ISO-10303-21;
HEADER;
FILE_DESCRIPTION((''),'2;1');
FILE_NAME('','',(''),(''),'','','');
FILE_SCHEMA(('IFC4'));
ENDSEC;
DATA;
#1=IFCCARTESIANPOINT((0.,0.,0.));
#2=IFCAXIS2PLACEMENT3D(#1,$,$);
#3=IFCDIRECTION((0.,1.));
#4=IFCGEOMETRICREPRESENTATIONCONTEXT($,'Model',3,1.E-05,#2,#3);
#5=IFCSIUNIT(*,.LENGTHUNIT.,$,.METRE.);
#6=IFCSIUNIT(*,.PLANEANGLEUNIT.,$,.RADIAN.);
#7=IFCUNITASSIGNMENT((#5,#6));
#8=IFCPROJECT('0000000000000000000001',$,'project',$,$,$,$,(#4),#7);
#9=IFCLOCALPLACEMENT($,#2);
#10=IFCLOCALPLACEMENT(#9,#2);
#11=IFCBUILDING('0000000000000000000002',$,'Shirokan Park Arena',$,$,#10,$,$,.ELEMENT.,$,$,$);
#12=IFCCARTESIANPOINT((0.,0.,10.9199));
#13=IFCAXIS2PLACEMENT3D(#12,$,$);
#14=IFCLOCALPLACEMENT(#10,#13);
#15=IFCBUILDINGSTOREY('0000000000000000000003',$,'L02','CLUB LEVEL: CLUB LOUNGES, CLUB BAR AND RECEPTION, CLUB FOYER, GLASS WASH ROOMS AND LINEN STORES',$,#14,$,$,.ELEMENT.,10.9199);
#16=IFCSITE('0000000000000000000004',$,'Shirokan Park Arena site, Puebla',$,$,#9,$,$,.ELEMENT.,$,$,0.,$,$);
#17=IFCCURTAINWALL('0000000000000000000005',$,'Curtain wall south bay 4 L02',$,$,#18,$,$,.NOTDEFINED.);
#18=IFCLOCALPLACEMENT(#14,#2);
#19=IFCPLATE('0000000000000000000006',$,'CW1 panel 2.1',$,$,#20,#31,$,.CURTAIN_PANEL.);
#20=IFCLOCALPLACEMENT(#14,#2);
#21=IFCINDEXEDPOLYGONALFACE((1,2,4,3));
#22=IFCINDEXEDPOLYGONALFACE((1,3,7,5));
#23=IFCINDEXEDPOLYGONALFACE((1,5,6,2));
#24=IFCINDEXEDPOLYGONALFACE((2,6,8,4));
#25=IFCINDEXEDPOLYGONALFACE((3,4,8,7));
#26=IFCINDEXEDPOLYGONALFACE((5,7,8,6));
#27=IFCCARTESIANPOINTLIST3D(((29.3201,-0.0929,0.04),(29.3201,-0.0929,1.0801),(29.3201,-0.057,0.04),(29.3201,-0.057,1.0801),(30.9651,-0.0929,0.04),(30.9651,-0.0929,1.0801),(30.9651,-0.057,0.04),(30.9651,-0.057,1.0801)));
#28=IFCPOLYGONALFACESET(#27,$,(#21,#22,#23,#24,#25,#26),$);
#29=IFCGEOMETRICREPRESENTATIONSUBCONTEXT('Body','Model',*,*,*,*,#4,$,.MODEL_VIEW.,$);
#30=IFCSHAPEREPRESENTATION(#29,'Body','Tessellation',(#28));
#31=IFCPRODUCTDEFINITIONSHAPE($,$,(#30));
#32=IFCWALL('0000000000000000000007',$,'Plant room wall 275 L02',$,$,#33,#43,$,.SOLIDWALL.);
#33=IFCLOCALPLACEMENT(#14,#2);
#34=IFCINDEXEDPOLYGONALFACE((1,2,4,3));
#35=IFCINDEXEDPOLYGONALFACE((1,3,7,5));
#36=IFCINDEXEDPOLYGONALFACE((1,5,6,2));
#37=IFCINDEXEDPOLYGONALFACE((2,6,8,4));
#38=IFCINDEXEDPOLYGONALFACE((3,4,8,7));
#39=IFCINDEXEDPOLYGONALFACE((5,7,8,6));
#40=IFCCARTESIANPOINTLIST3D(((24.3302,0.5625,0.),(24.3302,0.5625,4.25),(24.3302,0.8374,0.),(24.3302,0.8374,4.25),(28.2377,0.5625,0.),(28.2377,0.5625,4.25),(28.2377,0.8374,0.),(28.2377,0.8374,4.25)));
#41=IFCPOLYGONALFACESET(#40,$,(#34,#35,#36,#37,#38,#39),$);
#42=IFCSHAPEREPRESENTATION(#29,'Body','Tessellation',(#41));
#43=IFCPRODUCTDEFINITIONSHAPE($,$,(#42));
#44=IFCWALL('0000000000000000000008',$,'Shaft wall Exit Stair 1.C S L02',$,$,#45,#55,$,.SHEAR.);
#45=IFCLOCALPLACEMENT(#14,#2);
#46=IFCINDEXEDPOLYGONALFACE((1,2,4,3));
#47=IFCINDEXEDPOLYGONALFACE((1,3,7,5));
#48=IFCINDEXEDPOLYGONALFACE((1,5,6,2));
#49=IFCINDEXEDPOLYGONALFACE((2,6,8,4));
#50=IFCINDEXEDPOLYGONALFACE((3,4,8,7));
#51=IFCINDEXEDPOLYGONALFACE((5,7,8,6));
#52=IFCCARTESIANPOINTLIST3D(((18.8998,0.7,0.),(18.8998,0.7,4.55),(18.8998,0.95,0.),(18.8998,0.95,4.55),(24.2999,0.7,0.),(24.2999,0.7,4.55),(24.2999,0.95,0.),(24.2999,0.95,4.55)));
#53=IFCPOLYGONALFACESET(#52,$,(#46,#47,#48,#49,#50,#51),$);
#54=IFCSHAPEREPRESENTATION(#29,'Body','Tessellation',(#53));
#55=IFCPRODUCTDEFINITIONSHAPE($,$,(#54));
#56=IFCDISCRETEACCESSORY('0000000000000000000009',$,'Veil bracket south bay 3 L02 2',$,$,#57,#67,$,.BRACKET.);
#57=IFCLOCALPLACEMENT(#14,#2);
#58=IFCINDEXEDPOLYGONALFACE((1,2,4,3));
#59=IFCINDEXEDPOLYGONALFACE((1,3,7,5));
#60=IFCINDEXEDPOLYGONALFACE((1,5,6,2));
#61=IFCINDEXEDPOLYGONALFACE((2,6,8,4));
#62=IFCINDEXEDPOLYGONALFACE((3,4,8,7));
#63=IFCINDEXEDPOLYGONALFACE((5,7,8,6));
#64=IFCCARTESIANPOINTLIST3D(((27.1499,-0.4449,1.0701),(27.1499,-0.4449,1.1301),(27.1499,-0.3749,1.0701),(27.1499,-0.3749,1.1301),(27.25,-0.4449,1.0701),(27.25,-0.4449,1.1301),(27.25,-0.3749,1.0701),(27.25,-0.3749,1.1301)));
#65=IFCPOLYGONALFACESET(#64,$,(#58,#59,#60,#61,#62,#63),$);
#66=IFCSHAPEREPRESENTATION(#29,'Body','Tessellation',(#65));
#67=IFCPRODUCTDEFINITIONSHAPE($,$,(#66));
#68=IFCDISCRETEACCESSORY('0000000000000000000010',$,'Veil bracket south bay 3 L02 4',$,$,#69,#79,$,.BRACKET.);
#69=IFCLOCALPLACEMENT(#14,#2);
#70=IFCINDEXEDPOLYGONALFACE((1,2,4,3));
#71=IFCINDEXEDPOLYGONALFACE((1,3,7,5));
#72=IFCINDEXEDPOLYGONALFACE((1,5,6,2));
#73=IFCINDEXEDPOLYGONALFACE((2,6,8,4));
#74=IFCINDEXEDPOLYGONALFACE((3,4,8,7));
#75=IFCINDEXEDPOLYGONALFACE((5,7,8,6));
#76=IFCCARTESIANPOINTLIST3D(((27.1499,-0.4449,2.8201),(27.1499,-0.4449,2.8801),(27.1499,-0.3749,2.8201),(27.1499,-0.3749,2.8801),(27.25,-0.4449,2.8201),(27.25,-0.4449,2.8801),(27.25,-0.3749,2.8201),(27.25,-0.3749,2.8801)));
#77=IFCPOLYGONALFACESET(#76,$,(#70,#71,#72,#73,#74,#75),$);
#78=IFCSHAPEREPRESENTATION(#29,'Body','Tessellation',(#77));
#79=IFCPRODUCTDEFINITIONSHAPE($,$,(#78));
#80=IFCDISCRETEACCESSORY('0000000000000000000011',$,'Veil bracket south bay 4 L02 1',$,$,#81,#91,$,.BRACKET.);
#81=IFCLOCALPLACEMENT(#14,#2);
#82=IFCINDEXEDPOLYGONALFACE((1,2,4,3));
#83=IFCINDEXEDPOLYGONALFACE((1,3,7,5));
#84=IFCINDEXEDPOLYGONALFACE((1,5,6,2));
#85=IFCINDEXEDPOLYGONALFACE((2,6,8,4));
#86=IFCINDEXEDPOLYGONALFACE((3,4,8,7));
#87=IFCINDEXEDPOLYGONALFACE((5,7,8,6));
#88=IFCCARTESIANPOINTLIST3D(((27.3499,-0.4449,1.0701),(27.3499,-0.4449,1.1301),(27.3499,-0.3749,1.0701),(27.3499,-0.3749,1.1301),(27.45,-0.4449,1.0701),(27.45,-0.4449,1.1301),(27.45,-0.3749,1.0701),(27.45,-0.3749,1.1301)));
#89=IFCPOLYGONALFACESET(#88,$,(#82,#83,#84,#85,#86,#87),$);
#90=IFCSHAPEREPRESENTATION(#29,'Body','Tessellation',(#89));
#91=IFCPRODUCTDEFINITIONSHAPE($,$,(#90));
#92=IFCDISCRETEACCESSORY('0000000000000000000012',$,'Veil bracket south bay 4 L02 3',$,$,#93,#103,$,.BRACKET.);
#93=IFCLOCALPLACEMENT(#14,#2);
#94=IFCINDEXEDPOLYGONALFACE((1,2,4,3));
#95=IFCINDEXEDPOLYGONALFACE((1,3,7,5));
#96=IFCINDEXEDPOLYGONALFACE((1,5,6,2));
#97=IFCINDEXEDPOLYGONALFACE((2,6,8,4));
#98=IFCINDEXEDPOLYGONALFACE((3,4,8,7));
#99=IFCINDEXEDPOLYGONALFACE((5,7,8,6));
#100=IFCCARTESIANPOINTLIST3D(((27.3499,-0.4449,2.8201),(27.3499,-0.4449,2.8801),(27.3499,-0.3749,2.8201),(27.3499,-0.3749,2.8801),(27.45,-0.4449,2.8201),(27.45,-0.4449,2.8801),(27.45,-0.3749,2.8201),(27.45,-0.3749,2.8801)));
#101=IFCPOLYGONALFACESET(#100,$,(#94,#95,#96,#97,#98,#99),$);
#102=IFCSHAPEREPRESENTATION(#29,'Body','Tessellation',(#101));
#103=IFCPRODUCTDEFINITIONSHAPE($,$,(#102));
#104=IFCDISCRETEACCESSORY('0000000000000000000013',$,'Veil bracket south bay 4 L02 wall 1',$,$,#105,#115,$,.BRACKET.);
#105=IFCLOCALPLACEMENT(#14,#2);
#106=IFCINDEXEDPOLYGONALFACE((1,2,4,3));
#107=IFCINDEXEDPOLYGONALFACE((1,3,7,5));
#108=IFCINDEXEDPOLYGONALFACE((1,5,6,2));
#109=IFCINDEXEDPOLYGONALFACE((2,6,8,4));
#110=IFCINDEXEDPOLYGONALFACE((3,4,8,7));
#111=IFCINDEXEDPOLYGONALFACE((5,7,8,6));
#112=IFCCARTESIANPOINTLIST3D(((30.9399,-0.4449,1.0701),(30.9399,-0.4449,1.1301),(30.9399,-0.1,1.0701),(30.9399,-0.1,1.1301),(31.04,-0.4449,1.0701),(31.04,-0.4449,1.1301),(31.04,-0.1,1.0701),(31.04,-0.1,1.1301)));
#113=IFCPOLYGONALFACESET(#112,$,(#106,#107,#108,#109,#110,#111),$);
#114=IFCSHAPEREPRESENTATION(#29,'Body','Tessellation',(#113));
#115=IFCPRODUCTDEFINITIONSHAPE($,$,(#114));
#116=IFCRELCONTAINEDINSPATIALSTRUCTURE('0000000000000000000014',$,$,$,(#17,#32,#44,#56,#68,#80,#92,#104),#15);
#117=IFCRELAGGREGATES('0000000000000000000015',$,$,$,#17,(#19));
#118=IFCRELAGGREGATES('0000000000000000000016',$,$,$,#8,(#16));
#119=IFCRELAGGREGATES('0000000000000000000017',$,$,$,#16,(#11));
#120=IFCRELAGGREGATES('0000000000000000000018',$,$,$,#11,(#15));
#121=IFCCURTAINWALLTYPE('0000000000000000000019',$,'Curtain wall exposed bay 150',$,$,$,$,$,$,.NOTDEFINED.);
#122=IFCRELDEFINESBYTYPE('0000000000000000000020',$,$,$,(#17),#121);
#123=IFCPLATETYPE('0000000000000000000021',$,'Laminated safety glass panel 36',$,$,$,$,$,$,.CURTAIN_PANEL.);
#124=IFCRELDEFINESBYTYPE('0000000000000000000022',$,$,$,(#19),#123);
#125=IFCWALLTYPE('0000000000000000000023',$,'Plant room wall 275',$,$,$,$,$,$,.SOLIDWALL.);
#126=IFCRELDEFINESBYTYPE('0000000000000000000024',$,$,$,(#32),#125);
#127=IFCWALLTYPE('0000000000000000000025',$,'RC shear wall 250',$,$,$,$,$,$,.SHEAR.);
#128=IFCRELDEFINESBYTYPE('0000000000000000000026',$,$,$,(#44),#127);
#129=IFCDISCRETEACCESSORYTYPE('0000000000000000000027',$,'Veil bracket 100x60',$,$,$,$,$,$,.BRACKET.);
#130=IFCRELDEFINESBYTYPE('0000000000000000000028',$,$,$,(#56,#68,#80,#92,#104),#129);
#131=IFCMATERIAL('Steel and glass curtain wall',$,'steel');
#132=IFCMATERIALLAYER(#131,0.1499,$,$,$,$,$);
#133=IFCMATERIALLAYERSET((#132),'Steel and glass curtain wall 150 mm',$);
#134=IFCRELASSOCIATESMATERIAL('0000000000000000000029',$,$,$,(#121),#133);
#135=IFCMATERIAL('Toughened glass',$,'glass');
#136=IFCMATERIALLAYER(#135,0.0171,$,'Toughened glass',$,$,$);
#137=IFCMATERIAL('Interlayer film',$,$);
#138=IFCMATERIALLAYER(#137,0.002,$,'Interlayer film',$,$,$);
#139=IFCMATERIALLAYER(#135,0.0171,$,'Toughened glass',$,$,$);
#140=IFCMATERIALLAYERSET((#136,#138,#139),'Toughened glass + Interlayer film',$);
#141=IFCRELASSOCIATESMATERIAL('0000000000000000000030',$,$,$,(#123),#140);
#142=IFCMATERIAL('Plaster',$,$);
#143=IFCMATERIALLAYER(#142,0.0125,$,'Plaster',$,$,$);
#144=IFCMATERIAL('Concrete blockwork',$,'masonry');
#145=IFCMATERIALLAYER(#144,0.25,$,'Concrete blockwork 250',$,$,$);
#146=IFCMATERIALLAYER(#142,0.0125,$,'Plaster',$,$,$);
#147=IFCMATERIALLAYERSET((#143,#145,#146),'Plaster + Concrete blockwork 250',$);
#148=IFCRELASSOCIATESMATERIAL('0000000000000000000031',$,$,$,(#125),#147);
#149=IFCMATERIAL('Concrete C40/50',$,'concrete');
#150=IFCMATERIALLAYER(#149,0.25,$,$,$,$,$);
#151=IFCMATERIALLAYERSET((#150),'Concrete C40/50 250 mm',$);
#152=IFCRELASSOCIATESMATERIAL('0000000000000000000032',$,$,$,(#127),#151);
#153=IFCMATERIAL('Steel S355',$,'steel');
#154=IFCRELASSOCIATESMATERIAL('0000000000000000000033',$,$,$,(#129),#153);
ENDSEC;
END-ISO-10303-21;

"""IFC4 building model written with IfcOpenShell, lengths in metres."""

from ifc_helpers import new_model, si_unit, direction, frame, frame_2d, origin, origin_2d, place, context, subcontext, project, spatial, rectangle, extrude, material, layer, layer_set, type_object, element, aggregate, save


model = new_model("IFC4")

# Units and contexts
model_context = context("Model", 3, precision=1e-05, world=origin(), true_north=direction((0.0, 1.0)))
body_context = subcontext(model_context, "Body", "Model", "MODEL_VIEW")
ifc_project = project(units=[si_unit("LENGTHUNIT", "METRE"), si_unit("PLANEANGLEUNIT", "RADIAN")], contexts=[model_context])

# Site, building, storey
site_placement = place(None, origin())
site = spatial("IfcSite", under=ifc_project, at=site_placement, Name="Shirokan Park Arena site, Puebla", CompositionType="ELEMENT", RefElevation=0.0)
building_placement = place(site_placement, origin())
building = spatial("IfcBuilding", under=site, at=building_placement, Name="Shirokan Park Arena", CompositionType="ELEMENT")
storey_placement = place(building_placement, frame((0.0, 0.0, 10.9199)))
storey = spatial("IfcBuildingStorey", under=building, at=storey_placement, Name="L02", Description="CLUB LEVEL: CLUB LOUNGES, CLUB BAR AND RECEPTION, CLUB FOYER, GLASS WASH ROOMS AND LINEN STORES", CompositionType="ELEMENT", Elevation=10.9199)

# Curtain wall
ifc_material_1 = material(Name="Steel and glass curtain wall", Category="steel")
ifc_layer_1 = layer(ifc_material_1, 0.1499)
ifc_layer_set_1 = layer_set([ifc_layer_1], Name="Steel and glass curtain wall 150 mm")
curtain_wall_type = type_object("IfcCurtainWallType", Name="Curtain wall exposed bay 150", PredefinedType="NOTDEFINED", material=ifc_layer_set_1)
curtain_wall_placement = place(storey_placement, origin())
curtain_wall = element("IfcCurtainWall", 1, at=curtain_wall_placement, inside=storey, type_object=curtain_wall_type, Name="Curtain wall south bay 4 L02", PredefinedType="NOTDEFINED")
ifc_material_2 = material(Name="Steel S355", Category="steel")

# Plate
ifc_material_3 = material(Name="Toughened glass", Category="glass")
ifc_material_4 = material(Name="Interlayer film")
ifc_layer_2 = layer(ifc_material_3, 0.0171, Name="Toughened glass")
ifc_layer_3 = layer(ifc_material_4, 0.002, Name="Interlayer film")
ifc_layer_4 = layer(ifc_material_3, 0.0171, Name="Toughened glass")
ifc_layer_set_2 = layer_set([ifc_layer_2, ifc_layer_3, ifc_layer_4], Name="Toughened glass + Interlayer film")
plate_type_1 = type_object("IfcPlateType", Name="Laminated safety glass panel 36", PredefinedType="CURTAIN_PANEL", material=ifc_layer_set_2)
plate_1_placement = place(storey_placement, frame((30.1426, -0.075, 0.04), z_axis=(0.0, 0.0, 1.0), x_axis=(1.0, 0.0, 0.0)))
plate_1 = element("IfcPlate", 2, at=plate_1_placement, type_object=plate_type_1, Name="CW1 panel 2.1", PredefinedType="CURTAIN_PANEL", context=body_context, shape_type="SweptSolid", body=[
    extrude(rectangle(XDim=1.645, YDim=0.0359, at=origin_2d()), origin(), (0.0, 0.0, 1.0), 1.04),
])
aggregate(curtain_wall, [plate_1])

# Walls
ifc_material_5 = material(Name="Plaster")
ifc_layer_5 = layer(ifc_material_5, 0.0125, Name="Plaster")
ifc_material_6 = material(Name="Concrete blockwork", Category="masonry")
ifc_layer_6 = layer(ifc_material_6, 0.25, Name="Concrete blockwork 250")
ifc_layer_7 = layer(ifc_material_5, 0.0125, Name="Plaster")
ifc_layer_set_3 = layer_set([ifc_layer_5, ifc_layer_6, ifc_layer_7], Name="Plaster + Concrete blockwork 250")
wall_type_1 = type_object("IfcWallType", Name="Plant room wall 275", PredefinedType="SOLIDWALL", material=ifc_layer_set_3)
wall_1_placement = place(storey_placement, frame((28.2375, 0.7, 0.0), z_axis=(0.0, 0.0, 1.0), x_axis=(-1.0, 0.0, 0.0)))
element("IfcWall", 3, at=wall_1_placement, inside=storey, type_object=wall_type_1, Name="Plant room wall 275 L02", PredefinedType="SOLIDWALL", context=body_context, shape_type="SweptSolid", body=[
    extrude(rectangle(XDim=3.9075, YDim=0.2749, at=frame_2d((1.9536, 0.0))), origin(), (0.0, 0.0, 1.0), 4.25),
])
ifc_material_7 = material(Name="Concrete C40/50", Category="concrete")
ifc_layer_8 = layer(ifc_material_7, 0.25)
ifc_layer_set_4 = layer_set([ifc_layer_8], Name="Concrete C40/50 250 mm")
wall_type_2 = type_object("IfcWallType", Name="RC shear wall 250", PredefinedType="SHEAR", material=ifc_layer_set_4)
wall_2_placement = place(storey_placement, frame((24.3, 0.825, 0.0), z_axis=(0.0, 0.0, 1.0), x_axis=(-1.0, 0.0, 0.0)))
element("IfcWall", 4, at=wall_2_placement, inside=storey, type_object=wall_type_2, Name="Shaft wall Exit Stair 1.C S L02", PredefinedType="SHEAR", context=body_context, shape_type="SweptSolid", body=[
    extrude(rectangle(XDim=5.4001, YDim=0.25, at=frame_2d((2.7002, 0.0))), origin(), (0.0, 0.0, 1.0), 4.55),
])

# Discrete accessories
discrete_accessory_type = type_object("IfcDiscreteAccessoryType", Name="Veil bracket 100x60", PredefinedType="BRACKET", material=ifc_material_2)
for number, where, z_axis, x_axis, name in (
    (5, (27.2, -0.4099, 1.0701), (0.0, 0.0, 1.0), (1.0, 0.0, 0.0), "Veil bracket south bay 3 L02 2"),
    (6, (27.2, -0.4099, 2.8201), (0.0, 0.0, 1.0), (1.0, 0.0, 0.0), "Veil bracket south bay 3 L02 4"),
    (7, (27.3999, -0.4099, 1.0701), (0.0, 0.0, 1.0), (1.0, 0.0, 0.0), "Veil bracket south bay 4 L02 1"),
    (8, (27.3999, -0.4099, 2.8201), (0.0, 0.0, 1.0), (1.0, 0.0, 0.0), "Veil bracket south bay 4 L02 3"),
):
    element("IfcDiscreteAccessory", number, at=place(storey_placement, frame(where, z_axis=z_axis, x_axis=x_axis)), inside=storey, type_object=discrete_accessory_type, Name=name, PredefinedType="BRACKET", context=body_context, shape_type="SweptSolid", body=[
        extrude(rectangle(XDim=0.1001, YDim=0.0701, at=origin_2d()), origin(), (0.0, 0.0, 1.0), 0.0601),
    ])
discrete_accessory_placement = place(storey_placement, frame((30.99, -0.2725, 1.0701), z_axis=(0.0, 0.0, 1.0), x_axis=(1.0, 0.0, 0.0)))
element("IfcDiscreteAccessory", 9, at=discrete_accessory_placement, inside=storey, type_object=discrete_accessory_type, Name="Veil bracket south bay 4 L02 wall 1", PredefinedType="BRACKET", context=body_context, shape_type="SweptSolid", body=[
    extrude(rectangle(XDim=0.1001, YDim=0.345, at=origin_2d()), origin(), (0.0, 0.0, 1.0), 0.0601),
])

save(model, "model.ifc")
